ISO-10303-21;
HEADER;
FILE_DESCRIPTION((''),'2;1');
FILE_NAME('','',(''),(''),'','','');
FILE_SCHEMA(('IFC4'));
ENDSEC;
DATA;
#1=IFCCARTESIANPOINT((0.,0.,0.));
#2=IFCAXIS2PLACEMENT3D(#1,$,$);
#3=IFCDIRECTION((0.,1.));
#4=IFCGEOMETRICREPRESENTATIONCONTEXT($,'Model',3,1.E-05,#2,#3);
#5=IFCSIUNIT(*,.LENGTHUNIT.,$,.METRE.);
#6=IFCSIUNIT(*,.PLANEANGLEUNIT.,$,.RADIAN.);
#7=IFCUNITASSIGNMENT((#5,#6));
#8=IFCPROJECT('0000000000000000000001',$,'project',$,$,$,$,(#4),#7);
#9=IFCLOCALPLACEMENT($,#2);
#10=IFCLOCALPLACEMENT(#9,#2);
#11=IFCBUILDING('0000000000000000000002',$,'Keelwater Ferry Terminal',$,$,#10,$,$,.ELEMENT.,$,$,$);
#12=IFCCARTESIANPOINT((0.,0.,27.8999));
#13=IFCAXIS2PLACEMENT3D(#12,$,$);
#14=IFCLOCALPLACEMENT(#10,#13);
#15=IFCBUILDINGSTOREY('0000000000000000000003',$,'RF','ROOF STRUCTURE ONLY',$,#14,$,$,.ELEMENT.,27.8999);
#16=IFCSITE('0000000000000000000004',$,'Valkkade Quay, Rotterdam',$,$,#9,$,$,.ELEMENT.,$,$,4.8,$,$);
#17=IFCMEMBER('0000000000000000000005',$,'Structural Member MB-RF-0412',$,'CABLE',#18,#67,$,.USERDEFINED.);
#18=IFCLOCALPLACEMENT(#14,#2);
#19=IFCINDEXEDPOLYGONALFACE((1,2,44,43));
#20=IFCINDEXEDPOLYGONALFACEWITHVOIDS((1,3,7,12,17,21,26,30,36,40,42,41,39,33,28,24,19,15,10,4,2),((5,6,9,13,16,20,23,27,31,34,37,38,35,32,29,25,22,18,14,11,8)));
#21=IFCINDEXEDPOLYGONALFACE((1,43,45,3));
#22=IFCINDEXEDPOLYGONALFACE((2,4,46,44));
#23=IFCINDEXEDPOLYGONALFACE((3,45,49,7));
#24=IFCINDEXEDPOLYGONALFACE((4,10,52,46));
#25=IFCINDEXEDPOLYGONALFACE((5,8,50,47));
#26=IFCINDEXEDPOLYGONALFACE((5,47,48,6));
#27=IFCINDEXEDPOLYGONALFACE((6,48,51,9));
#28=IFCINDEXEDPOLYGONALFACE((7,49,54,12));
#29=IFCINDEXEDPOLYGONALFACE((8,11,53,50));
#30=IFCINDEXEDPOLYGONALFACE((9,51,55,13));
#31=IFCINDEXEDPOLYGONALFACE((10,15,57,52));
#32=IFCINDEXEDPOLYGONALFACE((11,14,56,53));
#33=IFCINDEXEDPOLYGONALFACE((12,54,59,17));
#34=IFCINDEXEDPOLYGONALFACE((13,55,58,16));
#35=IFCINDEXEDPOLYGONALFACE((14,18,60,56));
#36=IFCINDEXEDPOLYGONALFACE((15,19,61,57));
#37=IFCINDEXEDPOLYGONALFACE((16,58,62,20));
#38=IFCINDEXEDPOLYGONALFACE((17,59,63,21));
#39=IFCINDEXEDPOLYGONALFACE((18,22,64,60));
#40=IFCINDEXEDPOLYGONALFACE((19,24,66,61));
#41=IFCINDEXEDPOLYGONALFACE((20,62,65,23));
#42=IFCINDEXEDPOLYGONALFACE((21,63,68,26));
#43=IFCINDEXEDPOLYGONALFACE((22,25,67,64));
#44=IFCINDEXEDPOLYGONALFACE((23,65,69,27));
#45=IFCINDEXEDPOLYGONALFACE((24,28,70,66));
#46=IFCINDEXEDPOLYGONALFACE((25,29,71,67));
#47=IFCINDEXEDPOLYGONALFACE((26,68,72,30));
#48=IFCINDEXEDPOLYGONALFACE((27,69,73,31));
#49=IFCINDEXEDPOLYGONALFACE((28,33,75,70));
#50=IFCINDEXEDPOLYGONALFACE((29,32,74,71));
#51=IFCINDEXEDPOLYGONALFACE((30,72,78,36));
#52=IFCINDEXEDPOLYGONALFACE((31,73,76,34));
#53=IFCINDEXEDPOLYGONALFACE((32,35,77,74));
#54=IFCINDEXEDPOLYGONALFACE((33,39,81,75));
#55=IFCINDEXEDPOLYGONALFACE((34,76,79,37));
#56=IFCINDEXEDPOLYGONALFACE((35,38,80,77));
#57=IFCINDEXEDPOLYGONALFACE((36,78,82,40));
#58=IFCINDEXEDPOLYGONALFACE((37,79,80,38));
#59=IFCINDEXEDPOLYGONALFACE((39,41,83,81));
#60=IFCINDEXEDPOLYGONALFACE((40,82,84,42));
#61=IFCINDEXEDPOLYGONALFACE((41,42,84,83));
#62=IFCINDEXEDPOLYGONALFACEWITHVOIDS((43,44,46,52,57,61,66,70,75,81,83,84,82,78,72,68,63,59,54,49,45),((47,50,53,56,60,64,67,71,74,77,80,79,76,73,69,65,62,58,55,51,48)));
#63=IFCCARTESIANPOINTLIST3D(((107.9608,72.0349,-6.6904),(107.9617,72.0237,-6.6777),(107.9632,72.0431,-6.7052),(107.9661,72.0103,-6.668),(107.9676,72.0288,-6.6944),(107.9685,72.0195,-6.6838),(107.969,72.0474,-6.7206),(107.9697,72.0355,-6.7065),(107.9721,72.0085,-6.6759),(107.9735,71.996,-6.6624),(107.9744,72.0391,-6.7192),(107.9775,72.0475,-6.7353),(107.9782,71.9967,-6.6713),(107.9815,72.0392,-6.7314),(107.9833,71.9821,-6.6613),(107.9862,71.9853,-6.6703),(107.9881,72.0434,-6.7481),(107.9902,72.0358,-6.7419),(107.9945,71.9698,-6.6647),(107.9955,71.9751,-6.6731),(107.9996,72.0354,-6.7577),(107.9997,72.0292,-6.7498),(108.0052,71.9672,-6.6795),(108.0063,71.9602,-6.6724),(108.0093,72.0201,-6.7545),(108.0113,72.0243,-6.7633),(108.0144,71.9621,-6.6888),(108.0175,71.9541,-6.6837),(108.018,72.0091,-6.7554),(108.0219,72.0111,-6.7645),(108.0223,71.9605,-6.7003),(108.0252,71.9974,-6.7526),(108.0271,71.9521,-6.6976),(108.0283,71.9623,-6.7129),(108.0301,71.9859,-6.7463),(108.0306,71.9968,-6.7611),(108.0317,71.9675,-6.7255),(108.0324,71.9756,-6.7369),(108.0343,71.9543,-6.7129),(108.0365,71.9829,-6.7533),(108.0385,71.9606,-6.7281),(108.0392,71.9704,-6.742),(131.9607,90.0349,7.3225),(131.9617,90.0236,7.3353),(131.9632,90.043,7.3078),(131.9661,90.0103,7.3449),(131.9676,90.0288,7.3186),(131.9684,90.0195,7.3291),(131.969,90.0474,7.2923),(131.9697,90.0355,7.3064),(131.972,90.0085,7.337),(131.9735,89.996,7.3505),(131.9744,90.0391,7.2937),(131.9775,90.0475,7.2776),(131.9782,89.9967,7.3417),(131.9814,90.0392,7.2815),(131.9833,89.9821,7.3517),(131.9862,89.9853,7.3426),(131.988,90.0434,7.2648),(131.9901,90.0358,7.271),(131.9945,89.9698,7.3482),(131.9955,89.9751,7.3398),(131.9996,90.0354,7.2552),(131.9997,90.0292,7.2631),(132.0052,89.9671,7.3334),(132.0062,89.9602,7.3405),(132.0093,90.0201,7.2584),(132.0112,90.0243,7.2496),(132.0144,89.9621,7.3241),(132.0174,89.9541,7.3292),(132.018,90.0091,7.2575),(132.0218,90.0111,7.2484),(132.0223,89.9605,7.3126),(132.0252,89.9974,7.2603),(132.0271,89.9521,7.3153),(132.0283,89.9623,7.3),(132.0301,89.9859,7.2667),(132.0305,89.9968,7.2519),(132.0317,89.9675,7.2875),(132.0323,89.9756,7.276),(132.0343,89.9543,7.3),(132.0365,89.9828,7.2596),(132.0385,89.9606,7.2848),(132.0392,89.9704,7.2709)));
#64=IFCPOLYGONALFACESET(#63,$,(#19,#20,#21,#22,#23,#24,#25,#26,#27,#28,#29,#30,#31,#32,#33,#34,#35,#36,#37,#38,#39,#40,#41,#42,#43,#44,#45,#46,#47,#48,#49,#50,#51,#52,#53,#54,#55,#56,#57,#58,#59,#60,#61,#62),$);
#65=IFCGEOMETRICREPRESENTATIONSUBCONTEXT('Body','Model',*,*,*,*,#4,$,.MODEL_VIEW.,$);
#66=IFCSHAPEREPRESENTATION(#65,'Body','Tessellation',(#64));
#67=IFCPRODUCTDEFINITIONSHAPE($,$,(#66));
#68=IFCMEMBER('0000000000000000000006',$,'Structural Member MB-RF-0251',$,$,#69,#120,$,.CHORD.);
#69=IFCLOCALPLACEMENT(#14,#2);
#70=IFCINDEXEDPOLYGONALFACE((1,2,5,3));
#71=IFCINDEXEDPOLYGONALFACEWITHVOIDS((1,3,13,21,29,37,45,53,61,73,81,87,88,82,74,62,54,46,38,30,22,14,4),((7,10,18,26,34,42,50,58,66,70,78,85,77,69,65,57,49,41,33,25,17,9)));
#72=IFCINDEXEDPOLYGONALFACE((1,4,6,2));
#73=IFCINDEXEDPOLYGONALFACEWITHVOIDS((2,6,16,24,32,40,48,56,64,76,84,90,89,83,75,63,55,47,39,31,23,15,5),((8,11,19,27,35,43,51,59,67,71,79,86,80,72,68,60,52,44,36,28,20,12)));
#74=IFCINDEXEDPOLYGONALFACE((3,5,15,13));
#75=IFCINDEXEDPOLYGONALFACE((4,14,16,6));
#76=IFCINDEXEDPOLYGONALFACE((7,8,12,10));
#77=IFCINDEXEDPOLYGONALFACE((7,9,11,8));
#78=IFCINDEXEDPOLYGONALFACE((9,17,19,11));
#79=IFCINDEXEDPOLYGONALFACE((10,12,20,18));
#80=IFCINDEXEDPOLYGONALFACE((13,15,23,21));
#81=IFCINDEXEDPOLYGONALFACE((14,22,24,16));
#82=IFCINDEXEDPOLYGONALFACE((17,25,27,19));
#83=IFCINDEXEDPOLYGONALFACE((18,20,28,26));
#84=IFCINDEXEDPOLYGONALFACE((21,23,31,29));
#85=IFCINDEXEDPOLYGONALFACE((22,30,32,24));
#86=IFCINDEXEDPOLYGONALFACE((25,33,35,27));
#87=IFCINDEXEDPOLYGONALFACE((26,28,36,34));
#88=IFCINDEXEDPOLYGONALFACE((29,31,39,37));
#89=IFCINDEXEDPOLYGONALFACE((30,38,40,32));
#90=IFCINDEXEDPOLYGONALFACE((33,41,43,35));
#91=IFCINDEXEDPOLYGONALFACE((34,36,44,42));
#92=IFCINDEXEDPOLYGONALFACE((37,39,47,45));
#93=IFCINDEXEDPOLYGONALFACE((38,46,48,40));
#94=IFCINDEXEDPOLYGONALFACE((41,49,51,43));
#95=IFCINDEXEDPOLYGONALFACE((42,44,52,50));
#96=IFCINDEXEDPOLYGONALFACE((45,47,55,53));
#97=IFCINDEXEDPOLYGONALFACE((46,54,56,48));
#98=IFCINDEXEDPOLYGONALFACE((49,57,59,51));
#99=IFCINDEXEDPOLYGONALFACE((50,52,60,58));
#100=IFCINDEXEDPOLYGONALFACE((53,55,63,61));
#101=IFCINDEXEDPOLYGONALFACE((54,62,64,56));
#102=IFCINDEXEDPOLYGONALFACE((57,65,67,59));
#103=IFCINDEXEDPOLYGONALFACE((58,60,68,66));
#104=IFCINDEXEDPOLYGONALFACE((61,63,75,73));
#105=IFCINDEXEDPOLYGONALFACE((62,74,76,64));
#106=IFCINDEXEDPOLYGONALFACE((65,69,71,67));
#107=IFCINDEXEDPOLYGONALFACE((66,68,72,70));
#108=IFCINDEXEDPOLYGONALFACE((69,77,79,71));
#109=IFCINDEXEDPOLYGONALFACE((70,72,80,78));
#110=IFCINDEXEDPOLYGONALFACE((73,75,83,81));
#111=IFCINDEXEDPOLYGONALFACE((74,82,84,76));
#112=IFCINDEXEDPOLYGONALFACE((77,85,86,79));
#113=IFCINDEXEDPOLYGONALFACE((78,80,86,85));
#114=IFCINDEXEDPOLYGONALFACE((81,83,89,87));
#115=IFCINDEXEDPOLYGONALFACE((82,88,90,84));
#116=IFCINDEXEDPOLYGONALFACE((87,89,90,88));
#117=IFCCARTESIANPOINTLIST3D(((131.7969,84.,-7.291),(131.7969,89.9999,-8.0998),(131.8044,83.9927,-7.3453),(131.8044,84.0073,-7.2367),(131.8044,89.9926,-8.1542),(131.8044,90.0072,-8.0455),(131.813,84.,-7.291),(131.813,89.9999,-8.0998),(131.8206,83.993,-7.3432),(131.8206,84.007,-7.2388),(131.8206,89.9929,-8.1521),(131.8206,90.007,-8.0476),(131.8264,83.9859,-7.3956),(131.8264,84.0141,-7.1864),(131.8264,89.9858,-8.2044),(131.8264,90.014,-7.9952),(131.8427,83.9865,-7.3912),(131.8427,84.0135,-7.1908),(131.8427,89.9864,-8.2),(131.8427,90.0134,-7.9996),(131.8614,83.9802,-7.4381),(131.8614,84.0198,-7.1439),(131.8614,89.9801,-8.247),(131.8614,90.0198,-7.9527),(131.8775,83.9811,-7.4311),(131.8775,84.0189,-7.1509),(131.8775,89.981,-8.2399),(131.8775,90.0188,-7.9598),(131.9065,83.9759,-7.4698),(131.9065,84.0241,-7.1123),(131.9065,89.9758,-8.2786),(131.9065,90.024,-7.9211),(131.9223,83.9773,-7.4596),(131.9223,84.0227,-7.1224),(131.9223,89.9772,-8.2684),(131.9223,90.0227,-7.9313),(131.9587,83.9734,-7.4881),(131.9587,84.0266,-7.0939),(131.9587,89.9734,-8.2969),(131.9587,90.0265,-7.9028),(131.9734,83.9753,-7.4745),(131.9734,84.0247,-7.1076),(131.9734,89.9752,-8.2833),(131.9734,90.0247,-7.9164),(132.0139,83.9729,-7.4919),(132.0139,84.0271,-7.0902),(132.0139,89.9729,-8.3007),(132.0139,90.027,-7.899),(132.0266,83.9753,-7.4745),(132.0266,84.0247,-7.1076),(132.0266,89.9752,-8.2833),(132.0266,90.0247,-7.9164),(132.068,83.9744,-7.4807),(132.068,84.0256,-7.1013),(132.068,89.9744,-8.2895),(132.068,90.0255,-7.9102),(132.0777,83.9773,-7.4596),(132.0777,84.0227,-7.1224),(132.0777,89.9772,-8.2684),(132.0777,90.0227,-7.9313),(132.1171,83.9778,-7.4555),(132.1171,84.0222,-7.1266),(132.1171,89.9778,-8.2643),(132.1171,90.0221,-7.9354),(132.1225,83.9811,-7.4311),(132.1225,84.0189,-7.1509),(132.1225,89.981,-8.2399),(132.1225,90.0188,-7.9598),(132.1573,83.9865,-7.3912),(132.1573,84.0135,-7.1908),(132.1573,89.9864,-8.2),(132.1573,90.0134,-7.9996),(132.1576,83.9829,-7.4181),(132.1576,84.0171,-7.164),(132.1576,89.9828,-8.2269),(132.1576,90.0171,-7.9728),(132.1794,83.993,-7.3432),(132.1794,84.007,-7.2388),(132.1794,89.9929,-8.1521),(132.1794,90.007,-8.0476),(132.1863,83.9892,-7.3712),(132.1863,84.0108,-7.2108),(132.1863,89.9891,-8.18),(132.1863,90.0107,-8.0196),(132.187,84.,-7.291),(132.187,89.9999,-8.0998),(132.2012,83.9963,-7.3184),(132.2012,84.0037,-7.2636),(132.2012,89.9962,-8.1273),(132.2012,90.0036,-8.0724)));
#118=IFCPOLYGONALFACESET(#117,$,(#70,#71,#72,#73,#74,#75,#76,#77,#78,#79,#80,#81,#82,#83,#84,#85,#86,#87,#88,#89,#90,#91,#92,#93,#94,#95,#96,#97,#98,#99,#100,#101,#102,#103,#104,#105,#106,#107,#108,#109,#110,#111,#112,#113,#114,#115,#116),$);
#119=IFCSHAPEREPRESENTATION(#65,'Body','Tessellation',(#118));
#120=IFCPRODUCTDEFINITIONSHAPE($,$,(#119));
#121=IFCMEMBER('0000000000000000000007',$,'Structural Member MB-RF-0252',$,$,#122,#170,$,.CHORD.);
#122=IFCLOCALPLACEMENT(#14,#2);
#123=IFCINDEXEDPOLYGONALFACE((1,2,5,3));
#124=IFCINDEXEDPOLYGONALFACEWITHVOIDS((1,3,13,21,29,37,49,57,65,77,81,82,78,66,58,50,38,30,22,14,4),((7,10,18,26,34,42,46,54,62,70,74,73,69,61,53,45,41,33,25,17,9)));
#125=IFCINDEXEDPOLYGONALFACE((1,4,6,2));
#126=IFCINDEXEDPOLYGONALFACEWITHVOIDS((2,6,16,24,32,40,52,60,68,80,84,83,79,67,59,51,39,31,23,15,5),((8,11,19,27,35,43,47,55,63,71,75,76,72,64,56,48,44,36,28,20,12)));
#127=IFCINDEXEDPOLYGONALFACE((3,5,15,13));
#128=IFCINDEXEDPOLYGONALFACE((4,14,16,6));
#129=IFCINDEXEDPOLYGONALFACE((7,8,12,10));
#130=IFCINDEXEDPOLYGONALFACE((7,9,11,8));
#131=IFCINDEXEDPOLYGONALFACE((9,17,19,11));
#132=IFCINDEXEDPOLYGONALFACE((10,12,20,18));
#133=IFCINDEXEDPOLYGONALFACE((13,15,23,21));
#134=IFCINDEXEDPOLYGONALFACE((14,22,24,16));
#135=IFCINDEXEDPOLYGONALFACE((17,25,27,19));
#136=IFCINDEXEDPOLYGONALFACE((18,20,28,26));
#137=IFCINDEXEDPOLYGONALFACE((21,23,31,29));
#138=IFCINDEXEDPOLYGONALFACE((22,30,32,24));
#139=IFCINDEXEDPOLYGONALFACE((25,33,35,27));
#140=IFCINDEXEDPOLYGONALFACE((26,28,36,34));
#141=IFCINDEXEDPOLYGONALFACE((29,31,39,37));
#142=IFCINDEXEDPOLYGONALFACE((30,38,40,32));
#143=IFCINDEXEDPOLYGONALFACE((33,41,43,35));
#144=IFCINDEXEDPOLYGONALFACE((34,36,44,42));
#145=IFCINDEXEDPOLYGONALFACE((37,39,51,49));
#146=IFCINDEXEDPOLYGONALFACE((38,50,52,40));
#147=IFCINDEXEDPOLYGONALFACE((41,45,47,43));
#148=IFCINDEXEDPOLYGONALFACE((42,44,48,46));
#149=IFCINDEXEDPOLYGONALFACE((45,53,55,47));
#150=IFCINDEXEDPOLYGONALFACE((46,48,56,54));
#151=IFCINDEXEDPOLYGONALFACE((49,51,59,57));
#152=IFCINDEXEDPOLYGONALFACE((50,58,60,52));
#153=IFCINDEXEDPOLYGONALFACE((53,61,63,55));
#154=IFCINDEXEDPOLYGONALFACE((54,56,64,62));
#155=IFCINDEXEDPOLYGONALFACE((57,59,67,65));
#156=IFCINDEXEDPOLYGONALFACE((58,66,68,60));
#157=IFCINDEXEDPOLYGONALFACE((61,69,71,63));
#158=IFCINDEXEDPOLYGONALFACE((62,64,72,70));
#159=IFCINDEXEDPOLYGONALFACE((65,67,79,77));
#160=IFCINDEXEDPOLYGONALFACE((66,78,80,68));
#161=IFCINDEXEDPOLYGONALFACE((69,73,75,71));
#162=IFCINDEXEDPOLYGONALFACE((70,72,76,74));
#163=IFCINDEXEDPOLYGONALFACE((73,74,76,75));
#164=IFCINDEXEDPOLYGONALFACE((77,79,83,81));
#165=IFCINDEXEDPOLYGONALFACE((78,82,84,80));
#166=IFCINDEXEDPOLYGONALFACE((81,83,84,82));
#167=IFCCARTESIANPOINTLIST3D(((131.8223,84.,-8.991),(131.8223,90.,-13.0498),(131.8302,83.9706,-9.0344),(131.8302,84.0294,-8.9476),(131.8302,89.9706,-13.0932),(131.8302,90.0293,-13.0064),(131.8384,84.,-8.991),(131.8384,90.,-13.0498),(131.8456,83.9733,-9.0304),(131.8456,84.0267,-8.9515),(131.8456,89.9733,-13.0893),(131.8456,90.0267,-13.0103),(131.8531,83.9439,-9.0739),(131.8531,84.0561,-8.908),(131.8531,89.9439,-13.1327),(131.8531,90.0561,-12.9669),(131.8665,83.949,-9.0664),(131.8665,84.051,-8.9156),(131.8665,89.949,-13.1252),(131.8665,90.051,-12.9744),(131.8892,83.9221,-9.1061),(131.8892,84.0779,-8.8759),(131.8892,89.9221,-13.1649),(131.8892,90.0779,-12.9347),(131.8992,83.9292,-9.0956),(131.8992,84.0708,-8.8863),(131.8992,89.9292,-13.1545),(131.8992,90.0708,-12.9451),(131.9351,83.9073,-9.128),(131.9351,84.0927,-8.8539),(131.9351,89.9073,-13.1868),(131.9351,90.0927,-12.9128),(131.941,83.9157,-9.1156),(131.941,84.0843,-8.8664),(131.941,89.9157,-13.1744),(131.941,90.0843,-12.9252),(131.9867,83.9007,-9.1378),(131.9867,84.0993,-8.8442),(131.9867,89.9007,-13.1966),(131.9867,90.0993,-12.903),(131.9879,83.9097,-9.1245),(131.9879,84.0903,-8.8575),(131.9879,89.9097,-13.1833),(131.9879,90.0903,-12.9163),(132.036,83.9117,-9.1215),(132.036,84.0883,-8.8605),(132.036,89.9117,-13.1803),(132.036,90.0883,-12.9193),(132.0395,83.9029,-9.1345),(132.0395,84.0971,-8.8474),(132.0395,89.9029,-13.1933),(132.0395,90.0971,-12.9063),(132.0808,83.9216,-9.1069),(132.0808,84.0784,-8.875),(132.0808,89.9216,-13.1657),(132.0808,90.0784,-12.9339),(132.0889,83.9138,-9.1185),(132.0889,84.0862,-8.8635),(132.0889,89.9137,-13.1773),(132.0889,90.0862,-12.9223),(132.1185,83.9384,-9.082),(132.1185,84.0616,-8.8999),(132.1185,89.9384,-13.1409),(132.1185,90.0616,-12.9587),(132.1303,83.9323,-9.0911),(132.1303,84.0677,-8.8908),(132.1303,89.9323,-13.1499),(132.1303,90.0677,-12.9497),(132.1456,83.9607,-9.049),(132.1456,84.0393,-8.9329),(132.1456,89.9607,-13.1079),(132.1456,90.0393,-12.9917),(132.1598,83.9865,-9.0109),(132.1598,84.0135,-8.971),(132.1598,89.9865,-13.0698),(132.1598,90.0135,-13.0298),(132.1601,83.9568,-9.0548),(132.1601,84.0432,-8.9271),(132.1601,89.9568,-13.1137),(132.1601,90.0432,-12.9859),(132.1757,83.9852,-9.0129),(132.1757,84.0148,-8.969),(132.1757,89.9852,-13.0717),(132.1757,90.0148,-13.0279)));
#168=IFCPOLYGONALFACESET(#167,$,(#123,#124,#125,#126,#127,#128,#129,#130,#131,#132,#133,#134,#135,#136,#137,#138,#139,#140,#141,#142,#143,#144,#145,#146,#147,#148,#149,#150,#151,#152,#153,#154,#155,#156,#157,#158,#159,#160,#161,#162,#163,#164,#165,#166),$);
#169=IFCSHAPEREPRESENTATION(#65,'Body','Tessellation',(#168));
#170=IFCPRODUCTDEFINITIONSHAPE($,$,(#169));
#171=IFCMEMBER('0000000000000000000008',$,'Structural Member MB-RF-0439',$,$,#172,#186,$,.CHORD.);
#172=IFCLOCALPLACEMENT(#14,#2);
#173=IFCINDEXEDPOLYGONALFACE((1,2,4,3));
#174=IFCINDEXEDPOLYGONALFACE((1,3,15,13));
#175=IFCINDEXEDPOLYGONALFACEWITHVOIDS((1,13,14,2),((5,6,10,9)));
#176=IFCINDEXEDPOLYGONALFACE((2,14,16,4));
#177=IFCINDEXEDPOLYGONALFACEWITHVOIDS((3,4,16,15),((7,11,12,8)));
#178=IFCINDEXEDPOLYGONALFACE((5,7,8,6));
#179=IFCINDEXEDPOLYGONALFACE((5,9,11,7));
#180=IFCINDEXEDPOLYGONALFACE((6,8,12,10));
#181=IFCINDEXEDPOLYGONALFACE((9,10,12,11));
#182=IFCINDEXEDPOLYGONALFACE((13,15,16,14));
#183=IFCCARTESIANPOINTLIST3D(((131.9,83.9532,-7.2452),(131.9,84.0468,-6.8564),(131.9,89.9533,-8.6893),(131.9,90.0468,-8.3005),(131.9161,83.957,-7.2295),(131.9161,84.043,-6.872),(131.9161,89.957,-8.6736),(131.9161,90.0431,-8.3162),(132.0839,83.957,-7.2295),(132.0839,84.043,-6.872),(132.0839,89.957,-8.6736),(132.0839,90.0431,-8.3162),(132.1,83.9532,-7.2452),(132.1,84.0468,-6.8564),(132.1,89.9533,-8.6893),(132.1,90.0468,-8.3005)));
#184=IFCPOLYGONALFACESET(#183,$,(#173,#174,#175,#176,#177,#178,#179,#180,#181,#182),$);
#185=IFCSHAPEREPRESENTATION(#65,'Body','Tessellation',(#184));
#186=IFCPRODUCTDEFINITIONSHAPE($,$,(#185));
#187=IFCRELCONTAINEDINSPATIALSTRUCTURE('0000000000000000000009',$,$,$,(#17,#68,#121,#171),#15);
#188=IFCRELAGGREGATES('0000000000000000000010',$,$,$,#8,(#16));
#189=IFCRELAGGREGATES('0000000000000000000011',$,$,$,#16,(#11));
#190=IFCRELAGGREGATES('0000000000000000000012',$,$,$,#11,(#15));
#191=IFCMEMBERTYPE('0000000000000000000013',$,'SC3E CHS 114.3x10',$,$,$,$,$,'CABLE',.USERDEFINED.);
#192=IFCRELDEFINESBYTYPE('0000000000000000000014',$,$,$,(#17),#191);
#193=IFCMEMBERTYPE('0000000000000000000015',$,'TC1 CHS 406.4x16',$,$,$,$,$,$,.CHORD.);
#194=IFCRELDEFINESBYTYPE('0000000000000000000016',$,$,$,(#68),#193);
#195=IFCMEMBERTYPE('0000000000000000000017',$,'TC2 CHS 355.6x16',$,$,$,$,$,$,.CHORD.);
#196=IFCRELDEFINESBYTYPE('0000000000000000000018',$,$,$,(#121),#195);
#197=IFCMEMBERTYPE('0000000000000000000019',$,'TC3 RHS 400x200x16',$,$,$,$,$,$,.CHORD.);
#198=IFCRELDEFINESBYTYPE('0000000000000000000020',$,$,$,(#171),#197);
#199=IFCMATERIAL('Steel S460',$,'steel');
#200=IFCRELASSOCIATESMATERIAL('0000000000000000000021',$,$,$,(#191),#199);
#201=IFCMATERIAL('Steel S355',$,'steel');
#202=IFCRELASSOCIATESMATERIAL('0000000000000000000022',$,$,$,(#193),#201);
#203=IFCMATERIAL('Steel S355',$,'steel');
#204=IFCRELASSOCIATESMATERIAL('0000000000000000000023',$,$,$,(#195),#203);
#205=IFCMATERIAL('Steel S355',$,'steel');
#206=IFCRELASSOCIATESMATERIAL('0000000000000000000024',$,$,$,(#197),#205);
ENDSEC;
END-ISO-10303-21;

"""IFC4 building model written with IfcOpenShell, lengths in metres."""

from ifc_helpers import new_model, si_unit, direction, frame, origin, origin_2d, place, context, subcontext, project, spatial, hollow_rectangle, hollow_circle, extrude, material, material_profile, profile_set, type_object, element, save


model = new_model("IFC4")

# Units and contexts
model_context = context("Model", 3, precision=1e-05, world=origin(), true_north=direction((0.0, 1.0)))
body_context = subcontext(model_context, "Body", "Model", "MODEL_VIEW")
ifc_project = project(units=[si_unit("LENGTHUNIT", "METRE"), si_unit("PLANEANGLEUNIT", "RADIAN")], contexts=[model_context])

# Site, building, storey
site_placement = place(None, origin())
site = spatial("IfcSite", under=ifc_project, at=site_placement, Name="Valkkade Quay, Rotterdam", CompositionType="ELEMENT", RefElevation=4.8)
building_placement = place(site_placement, origin())
building = spatial("IfcBuilding", under=site, at=building_placement, Name="Keelwater Ferry Terminal", CompositionType="ELEMENT")
storey_placement = place(building_placement, frame((0.0, 0.0, 27.8999)))
storey = spatial("IfcBuildingStorey", under=building, at=storey_placement, Name="RF", Description="ROOF STRUCTURE ONLY", CompositionType="ELEMENT", Elevation=27.8999)

# Members
ifc_material_1 = material(Name="Steel S460", Category="steel")
ifc_material_profile_1 = material_profile(ifc_material_1, hollow_circle(Radius=0.0571, WallThickness=0.01, at=origin_2d()), Name="CHS 114.3x10")
ifc_profile_set_1 = profile_set([ifc_material_profile_1], Name="Steel S460")
member_type_1 = type_object("IfcMemberType", Name="SC3E CHS 114.3x10", ElementType="CABLE", PredefinedType="USERDEFINED", material=ifc_profile_set_1)
member_1_placement = place(storey_placement, frame((132.0, 90.0, 7.3), z_axis=(-0.724827, -0.54362, -0.423206), x_axis=(0.6, -0.8, 0.0)))
element("IfcMember", 1, at=member_1_placement, inside=storey, type_object=member_type_1, Name="Structural Member MB-RF-0412", ObjectType="CABLE", PredefinedType="USERDEFINED", context=body_context, shape_type="SweptSolid", body=[
    extrude(hollow_circle(Radius=0.0571, WallThickness=0.01, at=origin_2d()), origin(), (0.0, 0.0, 1.0), 33.1113),
])
ifc_material_2 = material(Name="Steel S355", Category="steel")
ifc_material_profile_2 = material_profile(ifc_material_2, hollow_circle(Radius=0.2031, WallThickness=0.0161, at=origin_2d()), Name="CHS 406.4x16")
ifc_profile_set_2 = profile_set([ifc_material_profile_2], Name="Steel S355")
member_type_2 = type_object("IfcMemberType", Name="TC1 CHS 406.4x16", PredefinedType="CHORD", material=ifc_profile_set_2)
member_2_placement = place(storey_placement, frame((132.0, 84.0, -7.291), z_axis=(0.0, 0.991036, -0.133598), x_axis=(-1.0, 0.0, 0.0)))
element("IfcMember", 2, at=member_2_placement, inside=storey, type_object=member_type_2, Name="Structural Member MB-RF-0251", PredefinedType="CHORD", context=body_context, shape_type="SweptSolid", body=[
    extrude(hollow_circle(Radius=0.2031, WallThickness=0.0161, at=origin_2d()), origin(), (0.0, 0.0, 1.0), 6.0542),
])
ifc_material_3 = material(Name="Steel S355", Category="steel")
ifc_material_profile_3 = material_profile(ifc_material_3, hollow_circle(Radius=0.1777, WallThickness=0.0161, at=origin_2d()), Name="CHS 355.6x16")
ifc_profile_set_3 = profile_set([ifc_material_profile_3], Name="Steel S355")
member_type_3 = type_object("IfcMemberType", Name="TC2 CHS 355.6x16", PredefinedType="CHORD", material=ifc_profile_set_3)
member_3_placement = place(storey_placement, frame((132.0, 84.0, -8.991), z_axis=(0.0, 0.828282, -0.560311), x_axis=(-1.0, 0.0, 0.0)))
element("IfcMember", 3, at=member_3_placement, inside=storey, type_object=member_type_3, Name="Structural Member MB-RF-0252", PredefinedType="CHORD", context=body_context, shape_type="SweptSolid", body=[
    extrude(hollow_circle(Radius=0.1777, WallThickness=0.0161, at=origin_2d()), origin(), (0.0, 0.0, 1.0), 7.2439),
])
ifc_material_4 = material(Name="Steel S355", Category="steel")
ifc_material_profile_4 = material_profile(ifc_material_4, hollow_rectangle(XDim=0.2, YDim=0.3999, WallThickness=0.0161, at=origin_2d()), Name="RHS 400x200x16")
ifc_profile_set_4 = profile_set([ifc_material_profile_4], Name="Steel S355")
member_type_4 = type_object("IfcMemberType", Name="TC3 RHS 400x200x16", PredefinedType="CHORD", material=ifc_profile_set_4)
member_4_placement = place(storey_placement, frame((132.0, 84.0, -7.0508), z_axis=(0.0, 0.972237, -0.234), x_axis=(-1.0, 0.0, 0.0)))
element("IfcMember", 4, at=member_4_placement, inside=storey, type_object=member_type_4, Name="Structural Member MB-RF-0439", PredefinedType="CHORD", context=body_context, shape_type="SweptSolid", body=[
    extrude(hollow_rectangle(XDim=0.2, YDim=0.3999, WallThickness=0.0161, at=origin_2d()), origin(), (0.0, 0.0, 1.0), 6.1714),
])

save(model, "model.ifc")
